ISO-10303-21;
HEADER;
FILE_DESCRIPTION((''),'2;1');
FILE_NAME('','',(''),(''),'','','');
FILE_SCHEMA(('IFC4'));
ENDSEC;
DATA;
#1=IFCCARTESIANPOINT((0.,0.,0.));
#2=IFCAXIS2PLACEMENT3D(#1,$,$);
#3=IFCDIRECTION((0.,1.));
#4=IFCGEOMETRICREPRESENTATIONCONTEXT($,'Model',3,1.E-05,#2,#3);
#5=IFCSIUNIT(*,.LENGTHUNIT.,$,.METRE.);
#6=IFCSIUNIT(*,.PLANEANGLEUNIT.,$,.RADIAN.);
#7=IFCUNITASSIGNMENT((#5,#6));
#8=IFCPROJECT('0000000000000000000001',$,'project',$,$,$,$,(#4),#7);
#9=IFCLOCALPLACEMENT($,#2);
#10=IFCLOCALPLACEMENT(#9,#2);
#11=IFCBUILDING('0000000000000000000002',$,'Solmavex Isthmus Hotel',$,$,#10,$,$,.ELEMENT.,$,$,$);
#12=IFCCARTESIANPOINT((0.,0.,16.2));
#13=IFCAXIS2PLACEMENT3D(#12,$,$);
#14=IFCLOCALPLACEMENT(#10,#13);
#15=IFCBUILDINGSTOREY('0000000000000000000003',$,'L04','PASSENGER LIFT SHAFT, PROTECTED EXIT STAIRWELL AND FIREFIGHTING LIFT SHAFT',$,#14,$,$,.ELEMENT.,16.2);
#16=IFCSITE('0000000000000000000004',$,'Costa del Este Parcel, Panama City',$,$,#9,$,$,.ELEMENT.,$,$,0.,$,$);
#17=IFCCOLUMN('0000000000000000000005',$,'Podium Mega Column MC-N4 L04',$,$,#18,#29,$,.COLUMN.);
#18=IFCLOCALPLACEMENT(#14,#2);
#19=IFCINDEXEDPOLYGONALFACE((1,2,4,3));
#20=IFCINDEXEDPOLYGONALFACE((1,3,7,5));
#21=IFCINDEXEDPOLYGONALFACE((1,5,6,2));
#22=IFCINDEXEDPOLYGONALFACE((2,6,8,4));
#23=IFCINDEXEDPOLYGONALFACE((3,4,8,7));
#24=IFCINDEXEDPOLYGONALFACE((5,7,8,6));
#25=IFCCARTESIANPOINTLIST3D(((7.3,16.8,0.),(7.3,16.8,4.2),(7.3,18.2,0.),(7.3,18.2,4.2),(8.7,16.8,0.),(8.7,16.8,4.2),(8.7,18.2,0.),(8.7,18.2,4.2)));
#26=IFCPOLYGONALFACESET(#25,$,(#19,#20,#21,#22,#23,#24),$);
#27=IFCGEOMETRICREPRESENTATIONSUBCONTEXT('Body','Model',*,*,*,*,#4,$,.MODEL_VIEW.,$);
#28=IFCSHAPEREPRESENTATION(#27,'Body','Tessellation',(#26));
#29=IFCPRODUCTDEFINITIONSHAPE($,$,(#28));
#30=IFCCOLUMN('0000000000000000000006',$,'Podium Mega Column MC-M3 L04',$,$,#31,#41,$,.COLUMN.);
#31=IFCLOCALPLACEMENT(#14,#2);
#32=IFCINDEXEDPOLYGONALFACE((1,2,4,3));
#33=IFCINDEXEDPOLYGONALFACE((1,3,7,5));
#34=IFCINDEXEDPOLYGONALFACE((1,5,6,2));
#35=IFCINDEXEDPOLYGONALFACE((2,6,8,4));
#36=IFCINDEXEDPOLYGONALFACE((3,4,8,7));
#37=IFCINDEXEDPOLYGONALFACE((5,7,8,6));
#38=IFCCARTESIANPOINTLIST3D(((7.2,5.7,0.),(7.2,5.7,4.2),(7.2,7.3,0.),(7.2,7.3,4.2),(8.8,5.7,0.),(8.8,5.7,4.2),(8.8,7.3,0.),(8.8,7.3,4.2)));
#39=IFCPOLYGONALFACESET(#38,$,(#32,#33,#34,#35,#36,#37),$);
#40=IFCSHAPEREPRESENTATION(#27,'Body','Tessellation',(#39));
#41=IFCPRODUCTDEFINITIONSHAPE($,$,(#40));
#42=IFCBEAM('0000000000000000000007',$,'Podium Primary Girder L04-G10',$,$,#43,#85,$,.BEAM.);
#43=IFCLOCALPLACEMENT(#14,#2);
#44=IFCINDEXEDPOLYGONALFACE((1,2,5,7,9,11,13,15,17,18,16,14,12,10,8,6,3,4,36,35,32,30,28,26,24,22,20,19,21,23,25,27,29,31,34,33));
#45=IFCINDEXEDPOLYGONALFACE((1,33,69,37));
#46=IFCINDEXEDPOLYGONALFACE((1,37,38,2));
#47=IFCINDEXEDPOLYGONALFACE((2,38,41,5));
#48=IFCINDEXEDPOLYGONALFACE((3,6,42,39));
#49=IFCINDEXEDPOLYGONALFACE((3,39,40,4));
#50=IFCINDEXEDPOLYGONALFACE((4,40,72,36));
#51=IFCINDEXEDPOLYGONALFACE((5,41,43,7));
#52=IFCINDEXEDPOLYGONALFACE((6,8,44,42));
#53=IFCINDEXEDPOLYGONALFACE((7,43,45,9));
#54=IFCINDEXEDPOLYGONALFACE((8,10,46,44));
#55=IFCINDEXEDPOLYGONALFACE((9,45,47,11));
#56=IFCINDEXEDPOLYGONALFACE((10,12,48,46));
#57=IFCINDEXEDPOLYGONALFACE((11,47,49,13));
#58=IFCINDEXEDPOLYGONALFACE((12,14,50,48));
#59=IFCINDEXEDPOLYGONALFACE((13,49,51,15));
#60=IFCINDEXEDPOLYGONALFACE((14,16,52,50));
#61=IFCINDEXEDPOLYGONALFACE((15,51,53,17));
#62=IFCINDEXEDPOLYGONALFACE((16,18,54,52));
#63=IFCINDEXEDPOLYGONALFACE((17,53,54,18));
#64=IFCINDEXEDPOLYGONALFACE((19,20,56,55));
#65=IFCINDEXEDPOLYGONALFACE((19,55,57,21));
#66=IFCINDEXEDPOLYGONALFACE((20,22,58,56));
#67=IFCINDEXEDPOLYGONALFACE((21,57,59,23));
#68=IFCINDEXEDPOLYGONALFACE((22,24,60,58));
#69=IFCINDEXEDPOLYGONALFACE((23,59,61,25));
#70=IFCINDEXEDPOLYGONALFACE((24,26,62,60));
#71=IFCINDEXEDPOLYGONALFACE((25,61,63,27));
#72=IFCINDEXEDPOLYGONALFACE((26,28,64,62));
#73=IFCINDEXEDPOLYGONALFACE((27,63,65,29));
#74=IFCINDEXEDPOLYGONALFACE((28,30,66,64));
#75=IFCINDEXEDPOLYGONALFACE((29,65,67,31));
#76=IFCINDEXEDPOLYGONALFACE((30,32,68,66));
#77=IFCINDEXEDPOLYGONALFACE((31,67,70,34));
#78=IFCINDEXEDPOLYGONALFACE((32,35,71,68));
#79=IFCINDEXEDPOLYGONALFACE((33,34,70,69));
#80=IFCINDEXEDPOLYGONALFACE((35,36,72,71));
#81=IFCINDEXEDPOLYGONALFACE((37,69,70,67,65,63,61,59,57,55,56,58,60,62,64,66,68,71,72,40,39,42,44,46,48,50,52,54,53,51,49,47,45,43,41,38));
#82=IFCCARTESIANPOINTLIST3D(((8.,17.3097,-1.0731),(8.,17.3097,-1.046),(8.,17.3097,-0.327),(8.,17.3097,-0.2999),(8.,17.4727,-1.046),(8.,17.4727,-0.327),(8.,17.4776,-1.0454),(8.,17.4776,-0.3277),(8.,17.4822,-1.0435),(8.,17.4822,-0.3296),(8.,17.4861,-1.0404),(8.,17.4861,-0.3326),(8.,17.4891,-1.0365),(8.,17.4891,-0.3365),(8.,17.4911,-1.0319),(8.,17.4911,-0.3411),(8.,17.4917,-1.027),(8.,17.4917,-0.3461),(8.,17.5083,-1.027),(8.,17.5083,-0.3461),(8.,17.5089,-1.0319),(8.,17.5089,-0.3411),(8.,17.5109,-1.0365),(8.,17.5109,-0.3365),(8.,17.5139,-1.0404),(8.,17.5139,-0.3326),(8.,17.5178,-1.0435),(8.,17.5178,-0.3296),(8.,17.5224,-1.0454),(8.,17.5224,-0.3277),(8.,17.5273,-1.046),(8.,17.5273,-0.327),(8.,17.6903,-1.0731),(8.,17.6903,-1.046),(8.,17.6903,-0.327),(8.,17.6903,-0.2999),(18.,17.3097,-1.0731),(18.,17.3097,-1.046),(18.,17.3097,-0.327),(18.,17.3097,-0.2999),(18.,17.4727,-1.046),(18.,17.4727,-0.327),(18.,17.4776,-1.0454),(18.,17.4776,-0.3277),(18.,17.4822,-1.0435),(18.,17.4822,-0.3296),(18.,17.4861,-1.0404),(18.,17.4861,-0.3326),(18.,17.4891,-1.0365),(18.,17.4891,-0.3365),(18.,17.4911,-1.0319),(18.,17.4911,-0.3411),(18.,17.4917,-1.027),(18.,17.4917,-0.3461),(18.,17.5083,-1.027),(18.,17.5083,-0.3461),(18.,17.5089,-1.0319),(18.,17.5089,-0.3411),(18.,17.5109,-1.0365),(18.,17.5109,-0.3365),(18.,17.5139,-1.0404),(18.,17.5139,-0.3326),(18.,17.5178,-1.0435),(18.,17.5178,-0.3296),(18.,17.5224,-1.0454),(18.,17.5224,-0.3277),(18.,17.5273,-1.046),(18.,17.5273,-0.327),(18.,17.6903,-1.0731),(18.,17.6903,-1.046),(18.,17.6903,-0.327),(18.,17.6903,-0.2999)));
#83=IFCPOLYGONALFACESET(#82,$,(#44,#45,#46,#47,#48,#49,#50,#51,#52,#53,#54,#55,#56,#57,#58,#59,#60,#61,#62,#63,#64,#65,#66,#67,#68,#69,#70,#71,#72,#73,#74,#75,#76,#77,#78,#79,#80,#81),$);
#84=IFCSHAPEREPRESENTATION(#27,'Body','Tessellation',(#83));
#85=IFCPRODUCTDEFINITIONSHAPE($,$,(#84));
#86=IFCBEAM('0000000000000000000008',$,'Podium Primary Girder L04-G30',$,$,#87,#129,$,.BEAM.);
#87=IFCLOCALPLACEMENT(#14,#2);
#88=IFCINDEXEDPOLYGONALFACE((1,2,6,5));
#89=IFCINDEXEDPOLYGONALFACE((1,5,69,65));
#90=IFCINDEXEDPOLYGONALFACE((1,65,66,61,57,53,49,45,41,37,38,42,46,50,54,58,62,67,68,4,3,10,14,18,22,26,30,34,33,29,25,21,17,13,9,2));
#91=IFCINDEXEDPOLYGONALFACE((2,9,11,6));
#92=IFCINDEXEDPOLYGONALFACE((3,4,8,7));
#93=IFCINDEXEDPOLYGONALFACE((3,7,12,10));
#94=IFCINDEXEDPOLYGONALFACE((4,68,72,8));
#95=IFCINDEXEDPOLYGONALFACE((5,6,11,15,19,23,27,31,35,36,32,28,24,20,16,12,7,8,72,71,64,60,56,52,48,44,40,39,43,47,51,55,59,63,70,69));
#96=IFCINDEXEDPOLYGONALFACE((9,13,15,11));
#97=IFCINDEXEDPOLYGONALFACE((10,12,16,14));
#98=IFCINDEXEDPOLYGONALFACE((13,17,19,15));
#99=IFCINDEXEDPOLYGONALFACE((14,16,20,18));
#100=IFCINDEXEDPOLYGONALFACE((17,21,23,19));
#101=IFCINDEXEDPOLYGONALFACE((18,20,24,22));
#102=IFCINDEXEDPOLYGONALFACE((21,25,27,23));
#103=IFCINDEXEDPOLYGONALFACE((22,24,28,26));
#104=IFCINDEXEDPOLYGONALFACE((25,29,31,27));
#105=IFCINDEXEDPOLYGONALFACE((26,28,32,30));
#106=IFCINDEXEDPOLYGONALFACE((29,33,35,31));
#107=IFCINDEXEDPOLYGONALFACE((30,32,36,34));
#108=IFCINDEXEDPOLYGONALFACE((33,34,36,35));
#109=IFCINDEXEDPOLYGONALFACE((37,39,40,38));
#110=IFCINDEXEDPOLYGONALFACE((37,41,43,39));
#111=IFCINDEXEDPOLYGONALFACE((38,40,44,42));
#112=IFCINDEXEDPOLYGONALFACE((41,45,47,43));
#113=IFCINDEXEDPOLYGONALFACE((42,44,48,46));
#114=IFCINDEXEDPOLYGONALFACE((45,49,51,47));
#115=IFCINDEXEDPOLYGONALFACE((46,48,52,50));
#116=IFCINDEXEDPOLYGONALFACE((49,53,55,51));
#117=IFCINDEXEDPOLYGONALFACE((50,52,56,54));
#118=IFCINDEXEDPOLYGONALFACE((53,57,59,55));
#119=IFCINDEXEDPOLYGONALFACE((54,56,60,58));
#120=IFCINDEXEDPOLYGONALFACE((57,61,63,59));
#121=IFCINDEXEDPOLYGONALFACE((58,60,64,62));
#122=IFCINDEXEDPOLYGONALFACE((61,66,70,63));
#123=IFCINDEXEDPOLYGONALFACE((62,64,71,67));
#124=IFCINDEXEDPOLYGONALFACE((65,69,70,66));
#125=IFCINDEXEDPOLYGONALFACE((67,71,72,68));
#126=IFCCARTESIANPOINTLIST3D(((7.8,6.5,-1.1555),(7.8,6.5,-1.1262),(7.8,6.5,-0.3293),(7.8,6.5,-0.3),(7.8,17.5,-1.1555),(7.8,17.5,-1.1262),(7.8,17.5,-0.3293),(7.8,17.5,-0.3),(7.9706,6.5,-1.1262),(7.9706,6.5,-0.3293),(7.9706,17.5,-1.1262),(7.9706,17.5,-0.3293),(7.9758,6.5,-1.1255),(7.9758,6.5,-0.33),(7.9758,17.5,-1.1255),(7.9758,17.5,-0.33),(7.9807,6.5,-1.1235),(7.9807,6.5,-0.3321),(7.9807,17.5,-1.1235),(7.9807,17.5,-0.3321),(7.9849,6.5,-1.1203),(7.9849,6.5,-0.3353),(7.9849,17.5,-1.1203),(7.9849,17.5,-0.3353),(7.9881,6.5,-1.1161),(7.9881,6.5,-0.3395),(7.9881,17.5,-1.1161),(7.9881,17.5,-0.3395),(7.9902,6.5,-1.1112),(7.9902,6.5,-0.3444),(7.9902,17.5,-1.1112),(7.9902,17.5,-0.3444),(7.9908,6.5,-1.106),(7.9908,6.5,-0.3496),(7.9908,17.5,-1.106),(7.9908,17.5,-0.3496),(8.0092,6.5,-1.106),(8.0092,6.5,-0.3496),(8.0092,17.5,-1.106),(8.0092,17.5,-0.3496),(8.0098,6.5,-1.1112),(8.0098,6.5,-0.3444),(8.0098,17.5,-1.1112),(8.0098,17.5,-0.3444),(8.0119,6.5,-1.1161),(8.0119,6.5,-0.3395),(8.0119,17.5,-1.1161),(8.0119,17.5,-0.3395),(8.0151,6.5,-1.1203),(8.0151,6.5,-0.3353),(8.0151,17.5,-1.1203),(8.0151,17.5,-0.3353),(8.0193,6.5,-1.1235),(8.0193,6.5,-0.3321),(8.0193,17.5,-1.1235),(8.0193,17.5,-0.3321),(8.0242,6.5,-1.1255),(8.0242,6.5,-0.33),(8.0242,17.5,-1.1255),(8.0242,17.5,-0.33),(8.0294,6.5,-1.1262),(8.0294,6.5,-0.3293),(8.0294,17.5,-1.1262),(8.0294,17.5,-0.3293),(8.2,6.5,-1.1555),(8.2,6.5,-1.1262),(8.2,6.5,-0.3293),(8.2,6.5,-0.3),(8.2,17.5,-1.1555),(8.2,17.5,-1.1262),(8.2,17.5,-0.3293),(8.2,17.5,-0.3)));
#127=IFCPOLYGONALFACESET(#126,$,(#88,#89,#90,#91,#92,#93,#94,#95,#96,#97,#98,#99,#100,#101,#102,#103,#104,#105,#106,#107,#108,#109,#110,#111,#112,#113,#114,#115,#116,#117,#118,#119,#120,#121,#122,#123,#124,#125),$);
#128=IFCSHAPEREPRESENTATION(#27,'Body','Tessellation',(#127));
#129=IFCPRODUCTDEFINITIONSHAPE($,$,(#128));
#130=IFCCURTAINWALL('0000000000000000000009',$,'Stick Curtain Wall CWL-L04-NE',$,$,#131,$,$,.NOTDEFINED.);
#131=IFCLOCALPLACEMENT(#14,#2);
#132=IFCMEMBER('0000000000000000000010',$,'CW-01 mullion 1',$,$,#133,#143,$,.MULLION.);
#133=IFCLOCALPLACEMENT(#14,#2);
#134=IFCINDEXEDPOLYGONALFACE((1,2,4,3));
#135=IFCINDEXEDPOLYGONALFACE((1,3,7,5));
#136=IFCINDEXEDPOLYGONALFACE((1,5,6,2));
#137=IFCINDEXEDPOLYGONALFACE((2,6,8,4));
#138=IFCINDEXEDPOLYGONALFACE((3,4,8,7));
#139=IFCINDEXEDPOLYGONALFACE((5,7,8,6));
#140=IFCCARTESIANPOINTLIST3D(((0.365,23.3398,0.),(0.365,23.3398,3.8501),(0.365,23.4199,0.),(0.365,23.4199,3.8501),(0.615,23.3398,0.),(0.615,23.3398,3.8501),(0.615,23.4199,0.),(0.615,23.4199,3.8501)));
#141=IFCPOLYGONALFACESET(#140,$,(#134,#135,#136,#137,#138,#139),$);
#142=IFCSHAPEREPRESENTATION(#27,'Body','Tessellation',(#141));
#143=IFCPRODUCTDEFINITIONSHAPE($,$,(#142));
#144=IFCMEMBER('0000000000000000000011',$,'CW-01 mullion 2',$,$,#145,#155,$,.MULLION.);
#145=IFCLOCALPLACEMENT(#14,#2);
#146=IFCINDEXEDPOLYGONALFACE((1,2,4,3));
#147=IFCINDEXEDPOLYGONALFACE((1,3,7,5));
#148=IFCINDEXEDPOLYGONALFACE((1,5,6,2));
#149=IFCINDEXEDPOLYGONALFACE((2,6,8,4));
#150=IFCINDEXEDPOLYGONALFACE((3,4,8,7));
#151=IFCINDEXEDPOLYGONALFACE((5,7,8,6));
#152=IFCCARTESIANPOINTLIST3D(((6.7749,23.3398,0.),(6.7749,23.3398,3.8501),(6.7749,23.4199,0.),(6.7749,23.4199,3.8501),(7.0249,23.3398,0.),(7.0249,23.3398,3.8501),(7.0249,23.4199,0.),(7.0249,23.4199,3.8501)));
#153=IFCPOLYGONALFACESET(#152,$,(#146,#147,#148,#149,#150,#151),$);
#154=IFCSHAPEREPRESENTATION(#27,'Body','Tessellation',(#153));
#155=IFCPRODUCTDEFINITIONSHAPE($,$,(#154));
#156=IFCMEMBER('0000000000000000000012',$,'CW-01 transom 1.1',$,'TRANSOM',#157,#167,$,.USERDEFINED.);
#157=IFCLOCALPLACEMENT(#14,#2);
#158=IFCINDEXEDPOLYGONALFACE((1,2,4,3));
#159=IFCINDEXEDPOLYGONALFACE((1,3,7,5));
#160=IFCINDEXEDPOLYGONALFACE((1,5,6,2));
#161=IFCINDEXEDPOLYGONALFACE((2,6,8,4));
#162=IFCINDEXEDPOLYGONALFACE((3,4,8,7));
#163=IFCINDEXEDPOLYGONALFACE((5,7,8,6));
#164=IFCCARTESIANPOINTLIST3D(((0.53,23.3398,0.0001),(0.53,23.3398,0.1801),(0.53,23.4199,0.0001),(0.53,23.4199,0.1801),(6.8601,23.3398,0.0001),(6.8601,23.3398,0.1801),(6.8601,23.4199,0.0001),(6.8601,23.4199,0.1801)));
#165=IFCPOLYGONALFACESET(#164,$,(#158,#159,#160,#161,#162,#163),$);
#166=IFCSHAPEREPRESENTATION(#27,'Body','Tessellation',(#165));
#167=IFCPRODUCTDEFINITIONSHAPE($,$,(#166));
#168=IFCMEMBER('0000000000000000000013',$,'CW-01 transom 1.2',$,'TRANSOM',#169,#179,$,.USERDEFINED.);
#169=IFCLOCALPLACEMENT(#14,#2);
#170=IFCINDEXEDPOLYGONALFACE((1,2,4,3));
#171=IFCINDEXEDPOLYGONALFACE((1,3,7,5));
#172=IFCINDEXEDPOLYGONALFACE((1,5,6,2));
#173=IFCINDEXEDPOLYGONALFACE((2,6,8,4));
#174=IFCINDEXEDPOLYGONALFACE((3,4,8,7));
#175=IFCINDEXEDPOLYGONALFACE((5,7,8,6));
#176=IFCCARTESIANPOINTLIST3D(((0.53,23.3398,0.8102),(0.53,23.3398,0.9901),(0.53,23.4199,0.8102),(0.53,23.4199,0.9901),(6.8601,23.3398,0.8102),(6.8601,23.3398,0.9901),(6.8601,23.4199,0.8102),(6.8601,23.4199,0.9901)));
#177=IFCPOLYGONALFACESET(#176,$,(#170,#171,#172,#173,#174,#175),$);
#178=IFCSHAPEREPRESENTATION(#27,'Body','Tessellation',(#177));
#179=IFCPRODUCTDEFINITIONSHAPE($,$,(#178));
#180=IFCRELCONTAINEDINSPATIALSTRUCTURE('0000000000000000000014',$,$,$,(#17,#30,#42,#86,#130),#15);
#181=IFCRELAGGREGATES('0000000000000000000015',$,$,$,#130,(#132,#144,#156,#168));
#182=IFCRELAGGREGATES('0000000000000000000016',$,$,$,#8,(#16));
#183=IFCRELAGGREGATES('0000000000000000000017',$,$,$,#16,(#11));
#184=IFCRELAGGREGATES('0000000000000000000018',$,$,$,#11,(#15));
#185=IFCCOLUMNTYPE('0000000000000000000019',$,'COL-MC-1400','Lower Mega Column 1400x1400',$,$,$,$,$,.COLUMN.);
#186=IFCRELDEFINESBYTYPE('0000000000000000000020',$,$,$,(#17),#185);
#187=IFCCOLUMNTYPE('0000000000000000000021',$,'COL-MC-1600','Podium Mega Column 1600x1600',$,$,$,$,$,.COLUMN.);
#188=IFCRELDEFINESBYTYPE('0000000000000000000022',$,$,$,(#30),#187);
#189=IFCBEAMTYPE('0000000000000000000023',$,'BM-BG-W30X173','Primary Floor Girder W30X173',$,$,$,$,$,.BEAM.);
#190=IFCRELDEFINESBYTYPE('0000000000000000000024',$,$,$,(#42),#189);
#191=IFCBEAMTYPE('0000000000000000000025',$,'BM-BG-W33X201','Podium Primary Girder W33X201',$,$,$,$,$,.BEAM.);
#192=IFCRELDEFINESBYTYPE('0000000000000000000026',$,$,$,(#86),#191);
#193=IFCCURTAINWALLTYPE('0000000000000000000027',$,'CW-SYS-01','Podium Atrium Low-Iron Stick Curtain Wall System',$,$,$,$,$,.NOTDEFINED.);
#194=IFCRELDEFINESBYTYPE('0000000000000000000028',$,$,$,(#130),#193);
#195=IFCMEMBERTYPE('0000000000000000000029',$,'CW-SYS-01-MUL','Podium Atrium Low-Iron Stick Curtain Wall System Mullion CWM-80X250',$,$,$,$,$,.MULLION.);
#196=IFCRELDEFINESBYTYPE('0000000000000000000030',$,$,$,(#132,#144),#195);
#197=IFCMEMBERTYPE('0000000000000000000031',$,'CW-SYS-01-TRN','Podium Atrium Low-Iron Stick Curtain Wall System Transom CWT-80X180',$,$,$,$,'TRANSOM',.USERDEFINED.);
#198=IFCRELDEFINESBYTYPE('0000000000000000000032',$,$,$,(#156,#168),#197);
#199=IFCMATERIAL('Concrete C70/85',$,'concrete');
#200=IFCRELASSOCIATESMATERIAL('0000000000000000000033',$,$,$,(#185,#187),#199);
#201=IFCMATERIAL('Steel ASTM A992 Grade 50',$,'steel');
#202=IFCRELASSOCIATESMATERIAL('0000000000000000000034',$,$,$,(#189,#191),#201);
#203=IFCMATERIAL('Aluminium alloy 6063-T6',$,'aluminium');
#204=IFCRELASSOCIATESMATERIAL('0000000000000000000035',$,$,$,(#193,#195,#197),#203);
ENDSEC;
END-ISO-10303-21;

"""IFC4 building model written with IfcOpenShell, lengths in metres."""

from ifc_helpers import new_model, si_unit, direction, frame, origin, origin_2d, place, context, subcontext, project, spatial, rectangle, i_section, extrude, material, material_profile, profile_set, type_object, element, aggregate, save


model = new_model("IFC4")

# Units and contexts
model_context = context("Model", 3, precision=1e-05, world=origin(), true_north=direction((0.0, 1.0)))
body_context = subcontext(model_context, "Body", "Model", "MODEL_VIEW")
ifc_project = project(units=[si_unit("LENGTHUNIT", "METRE"), si_unit("PLANEANGLEUNIT", "RADIAN")], contexts=[model_context])

# Site, building, storey
site_placement = place(None, origin())
site = spatial("IfcSite", under=ifc_project, at=site_placement, Name="Costa del Este Parcel, Panama City", CompositionType="ELEMENT", RefElevation=0.0)
building_placement = place(site_placement, origin())
building = spatial("IfcBuilding", under=site, at=building_placement, Name="Solmavex Isthmus Hotel", CompositionType="ELEMENT")
storey_placement = place(building_placement, frame((0.0, 0.0, 16.2)))
storey = spatial("IfcBuildingStorey", under=building, at=storey_placement, Name="L04", Description="PASSENGER LIFT SHAFT, PROTECTED EXIT STAIRWELL AND FIREFIGHTING LIFT SHAFT", CompositionType="ELEMENT", Elevation=16.2)

# Columns
ifc_material_1 = material(Name="Concrete C70/85", Category="concrete")
ifc_material_profile_1 = material_profile(ifc_material_1, rectangle(XDim=1.3999, YDim=1.3999, at=origin_2d()), Name="RC1400X1400")
ifc_profile_set_1 = profile_set([ifc_material_profile_1], Name="Concrete C70/85")
column_type_1 = type_object("IfcColumnType", Name="COL-MC-1400", Description="Lower Mega Column 1400x1400", PredefinedType="COLUMN", material=ifc_profile_set_1)
column_1_placement = place(storey_placement, frame((8.0, 17.5, 0.0), z_axis=(0.0, 0.0, 1.0), x_axis=(1.0, 0.0, 0.0)))
element("IfcColumn", 1, at=column_1_placement, inside=storey, type_object=column_type_1, Name="Podium Mega Column MC-N4 L04", PredefinedType="COLUMN", context=body_context, shape_type="SweptSolid", body=[
    extrude(rectangle(XDim=1.3999, YDim=1.3999, at=origin_2d()), origin(), (0.0, 0.0, 1.0), 4.2),
])
ifc_material_profile_2 = material_profile(ifc_material_1, rectangle(XDim=1.6001, YDim=1.6001, at=origin_2d()), Name="RC1600X1600")
ifc_profile_set_2 = profile_set([ifc_material_profile_2], Name="Concrete C70/85")
column_type_2 = type_object("IfcColumnType", Name="COL-MC-1600", Description="Podium Mega Column 1600x1600", PredefinedType="COLUMN", material=ifc_profile_set_2)
column_2_placement = place(storey_placement, frame((8.0, 6.5, 0.0), z_axis=(0.0, 0.0, 1.0), x_axis=(1.0, 0.0, 0.0)))
element("IfcColumn", 2, at=column_2_placement, inside=storey, type_object=column_type_2, Name="Podium Mega Column MC-M3 L04", PredefinedType="COLUMN", context=body_context, shape_type="SweptSolid", body=[
    extrude(rectangle(XDim=1.6001, YDim=1.6001, at=origin_2d()), origin(), (0.0, 0.0, 1.0), 4.2),
])

# Beams
ifc_material_2 = material(Name="Steel ASTM A992 Grade 50", Category="steel")
ifc_material_profile_3 = material_profile(ifc_material_2, i_section(OverallWidth=0.3806, OverallDepth=0.7732, WebThickness=0.0166, FlangeThickness=0.0271, FilletRadius=0.019, at=origin_2d()), Name="W30X173")
ifc_profile_set_3 = profile_set([ifc_material_profile_3], Name="Steel ASTM A992 Grade 50")
beam_type_1 = type_object("IfcBeamType", Name="BM-BG-W30X173", Description="Primary Floor Girder W30X173", PredefinedType="BEAM", material=ifc_profile_set_3)
beam_1_placement = place(storey_placement, frame((8.0, 17.5, -0.6865), z_axis=(1.0, 0.0, 0.0), x_axis=(0.0, 1.0, 0.0)))
element("IfcBeam", 3, at=beam_1_placement, inside=storey, type_object=beam_type_1, Name="Podium Primary Girder L04-G10", PredefinedType="BEAM", context=body_context, shape_type="SweptSolid", body=[
    extrude(i_section(OverallWidth=0.3806, OverallDepth=0.7732, WebThickness=0.0166, FlangeThickness=0.0271, FilletRadius=0.019, at=origin_2d()), origin(), (0.0, 0.0, 1.0), 10.0),
])
ifc_material_profile_4 = material_profile(ifc_material_2, i_section(OverallWidth=0.3999, OverallDepth=0.8555, WebThickness=0.0183, FlangeThickness=0.0293, FilletRadius=0.0203, at=origin_2d()), Name="W33X201")
ifc_profile_set_4 = profile_set([ifc_material_profile_4], Name="Steel ASTM A992 Grade 50")
beam_type_2 = type_object("IfcBeamType", Name="BM-BG-W33X201", Description="Podium Primary Girder W33X201", PredefinedType="BEAM", material=ifc_profile_set_4)
beam_2_placement = place(storey_placement, frame((8.0, 6.5, -0.7278), z_axis=(0.0, 1.0, 0.0), x_axis=(-1.0, 0.0, 0.0)))
element("IfcBeam", 4, at=beam_2_placement, inside=storey, type_object=beam_type_2, Name="Podium Primary Girder L04-G30", PredefinedType="BEAM", context=body_context, shape_type="SweptSolid", body=[
    extrude(i_section(OverallWidth=0.3999, OverallDepth=0.8555, WebThickness=0.0183, FlangeThickness=0.0293, FilletRadius=0.0203, at=origin_2d()), origin(), (0.0, 0.0, 1.0), 11.0),
])

# Curtain wall, members
ifc_material_3 = material(Name="Aluminium alloy 6063-T6", Category="aluminium")
curtain_wall_type = type_object("IfcCurtainWallType", Name="CW-SYS-01", Description="Podium Atrium Low-Iron Stick Curtain Wall System", PredefinedType="NOTDEFINED", material=ifc_material_3)
curtain_wall_placement = place(storey_placement, origin())
curtain_wall = element("IfcCurtainWall", 5, at=curtain_wall_placement, inside=storey, type_object=curtain_wall_type, Name="Stick Curtain Wall CWL-L04-NE", PredefinedType="NOTDEFINED")
ifc_material_profile_5 = material_profile(ifc_material_3, rectangle(XDim=0.0801, YDim=0.25, at=origin_2d()), Name="CWM-80X250")
ifc_profile_set_5 = profile_set([ifc_material_profile_5], Name="Aluminium alloy 6063-T6")
member_type_1 = type_object("IfcMemberType", Name="CW-SYS-01-MUL", Description="Podium Atrium Low-Iron Stick Curtain Wall System Mullion CWM-80X250", PredefinedType="MULLION", material=ifc_profile_set_5)
member_1_placement = place(storey_placement, frame((0.49, 23.3799, 0.0), z_axis=(0.0, 0.0, 1.0), x_axis=(0.0, 1.0, 0.0)))
member_1 = element("IfcMember", 6, at=member_1_placement, type_object=member_type_1, Name="CW-01 mullion 1", PredefinedType="MULLION", context=body_context, shape_type="SweptSolid", body=[
    extrude(rectangle(XDim=0.0801, YDim=0.25, at=origin_2d()), origin(), (0.0, 0.0, 1.0), 3.8501),
])
member_2_placement = place(storey_placement, frame((6.8999, 23.3799, 0.0), z_axis=(0.0, 0.0, 1.0), x_axis=(0.0, 1.0, 0.0)))
member_2 = element("IfcMember", 7, at=member_2_placement, type_object=member_type_1, Name="CW-01 mullion 2", PredefinedType="MULLION", context=body_context, shape_type="SweptSolid", body=[
    extrude(rectangle(XDim=0.0801, YDim=0.25, at=origin_2d()), origin(), (0.0, 0.0, 1.0), 3.8501),
])
ifc_material_profile_6 = material_profile(ifc_material_3, rectangle(XDim=0.0801, YDim=0.1799, at=origin_2d()), Name="CWT-80X180")
ifc_profile_set_6 = profile_set([ifc_material_profile_6], Name="Aluminium alloy 6063-T6")
member_type_2 = type_object("IfcMemberType", Name="CW-SYS-01-TRN", Description="Podium Atrium Low-Iron Stick Curtain Wall System Transom CWT-80X180", ElementType="TRANSOM", PredefinedType="USERDEFINED", material=ifc_profile_set_6)
member_3_placement = place(storey_placement, frame((0.53, 23.3799, 0.0901), z_axis=(1.0, 0.0, 0.0), x_axis=(0.0, 1.0, 0.0)))
member_3 = element("IfcMember", 8, at=member_3_placement, type_object=member_type_2, Name="CW-01 transom 1.1", ObjectType="TRANSOM", PredefinedType="USERDEFINED", context=body_context, shape_type="SweptSolid", body=[
    extrude(rectangle(XDim=0.0801, YDim=0.1799, at=origin_2d()), origin(), (0.0, 0.0, 1.0), 6.3301),
])
member_4_placement = place(storey_placement, frame((0.53, 23.3799, 0.9001), z_axis=(1.0, 0.0, 0.0), x_axis=(0.0, 1.0, 0.0)))
member_4 = element("IfcMember", 9, at=member_4_placement, type_object=member_type_2, Name="CW-01 transom 1.2", ObjectType="TRANSOM", PredefinedType="USERDEFINED", context=body_context, shape_type="SweptSolid", body=[
    extrude(rectangle(XDim=0.0801, YDim=0.1799, at=origin_2d()), origin(), (0.0, 0.0, 1.0), 6.3301),
])
aggregate(curtain_wall, [member_1, member_2, member_3, member_4])

save(model, "model.ifc")
